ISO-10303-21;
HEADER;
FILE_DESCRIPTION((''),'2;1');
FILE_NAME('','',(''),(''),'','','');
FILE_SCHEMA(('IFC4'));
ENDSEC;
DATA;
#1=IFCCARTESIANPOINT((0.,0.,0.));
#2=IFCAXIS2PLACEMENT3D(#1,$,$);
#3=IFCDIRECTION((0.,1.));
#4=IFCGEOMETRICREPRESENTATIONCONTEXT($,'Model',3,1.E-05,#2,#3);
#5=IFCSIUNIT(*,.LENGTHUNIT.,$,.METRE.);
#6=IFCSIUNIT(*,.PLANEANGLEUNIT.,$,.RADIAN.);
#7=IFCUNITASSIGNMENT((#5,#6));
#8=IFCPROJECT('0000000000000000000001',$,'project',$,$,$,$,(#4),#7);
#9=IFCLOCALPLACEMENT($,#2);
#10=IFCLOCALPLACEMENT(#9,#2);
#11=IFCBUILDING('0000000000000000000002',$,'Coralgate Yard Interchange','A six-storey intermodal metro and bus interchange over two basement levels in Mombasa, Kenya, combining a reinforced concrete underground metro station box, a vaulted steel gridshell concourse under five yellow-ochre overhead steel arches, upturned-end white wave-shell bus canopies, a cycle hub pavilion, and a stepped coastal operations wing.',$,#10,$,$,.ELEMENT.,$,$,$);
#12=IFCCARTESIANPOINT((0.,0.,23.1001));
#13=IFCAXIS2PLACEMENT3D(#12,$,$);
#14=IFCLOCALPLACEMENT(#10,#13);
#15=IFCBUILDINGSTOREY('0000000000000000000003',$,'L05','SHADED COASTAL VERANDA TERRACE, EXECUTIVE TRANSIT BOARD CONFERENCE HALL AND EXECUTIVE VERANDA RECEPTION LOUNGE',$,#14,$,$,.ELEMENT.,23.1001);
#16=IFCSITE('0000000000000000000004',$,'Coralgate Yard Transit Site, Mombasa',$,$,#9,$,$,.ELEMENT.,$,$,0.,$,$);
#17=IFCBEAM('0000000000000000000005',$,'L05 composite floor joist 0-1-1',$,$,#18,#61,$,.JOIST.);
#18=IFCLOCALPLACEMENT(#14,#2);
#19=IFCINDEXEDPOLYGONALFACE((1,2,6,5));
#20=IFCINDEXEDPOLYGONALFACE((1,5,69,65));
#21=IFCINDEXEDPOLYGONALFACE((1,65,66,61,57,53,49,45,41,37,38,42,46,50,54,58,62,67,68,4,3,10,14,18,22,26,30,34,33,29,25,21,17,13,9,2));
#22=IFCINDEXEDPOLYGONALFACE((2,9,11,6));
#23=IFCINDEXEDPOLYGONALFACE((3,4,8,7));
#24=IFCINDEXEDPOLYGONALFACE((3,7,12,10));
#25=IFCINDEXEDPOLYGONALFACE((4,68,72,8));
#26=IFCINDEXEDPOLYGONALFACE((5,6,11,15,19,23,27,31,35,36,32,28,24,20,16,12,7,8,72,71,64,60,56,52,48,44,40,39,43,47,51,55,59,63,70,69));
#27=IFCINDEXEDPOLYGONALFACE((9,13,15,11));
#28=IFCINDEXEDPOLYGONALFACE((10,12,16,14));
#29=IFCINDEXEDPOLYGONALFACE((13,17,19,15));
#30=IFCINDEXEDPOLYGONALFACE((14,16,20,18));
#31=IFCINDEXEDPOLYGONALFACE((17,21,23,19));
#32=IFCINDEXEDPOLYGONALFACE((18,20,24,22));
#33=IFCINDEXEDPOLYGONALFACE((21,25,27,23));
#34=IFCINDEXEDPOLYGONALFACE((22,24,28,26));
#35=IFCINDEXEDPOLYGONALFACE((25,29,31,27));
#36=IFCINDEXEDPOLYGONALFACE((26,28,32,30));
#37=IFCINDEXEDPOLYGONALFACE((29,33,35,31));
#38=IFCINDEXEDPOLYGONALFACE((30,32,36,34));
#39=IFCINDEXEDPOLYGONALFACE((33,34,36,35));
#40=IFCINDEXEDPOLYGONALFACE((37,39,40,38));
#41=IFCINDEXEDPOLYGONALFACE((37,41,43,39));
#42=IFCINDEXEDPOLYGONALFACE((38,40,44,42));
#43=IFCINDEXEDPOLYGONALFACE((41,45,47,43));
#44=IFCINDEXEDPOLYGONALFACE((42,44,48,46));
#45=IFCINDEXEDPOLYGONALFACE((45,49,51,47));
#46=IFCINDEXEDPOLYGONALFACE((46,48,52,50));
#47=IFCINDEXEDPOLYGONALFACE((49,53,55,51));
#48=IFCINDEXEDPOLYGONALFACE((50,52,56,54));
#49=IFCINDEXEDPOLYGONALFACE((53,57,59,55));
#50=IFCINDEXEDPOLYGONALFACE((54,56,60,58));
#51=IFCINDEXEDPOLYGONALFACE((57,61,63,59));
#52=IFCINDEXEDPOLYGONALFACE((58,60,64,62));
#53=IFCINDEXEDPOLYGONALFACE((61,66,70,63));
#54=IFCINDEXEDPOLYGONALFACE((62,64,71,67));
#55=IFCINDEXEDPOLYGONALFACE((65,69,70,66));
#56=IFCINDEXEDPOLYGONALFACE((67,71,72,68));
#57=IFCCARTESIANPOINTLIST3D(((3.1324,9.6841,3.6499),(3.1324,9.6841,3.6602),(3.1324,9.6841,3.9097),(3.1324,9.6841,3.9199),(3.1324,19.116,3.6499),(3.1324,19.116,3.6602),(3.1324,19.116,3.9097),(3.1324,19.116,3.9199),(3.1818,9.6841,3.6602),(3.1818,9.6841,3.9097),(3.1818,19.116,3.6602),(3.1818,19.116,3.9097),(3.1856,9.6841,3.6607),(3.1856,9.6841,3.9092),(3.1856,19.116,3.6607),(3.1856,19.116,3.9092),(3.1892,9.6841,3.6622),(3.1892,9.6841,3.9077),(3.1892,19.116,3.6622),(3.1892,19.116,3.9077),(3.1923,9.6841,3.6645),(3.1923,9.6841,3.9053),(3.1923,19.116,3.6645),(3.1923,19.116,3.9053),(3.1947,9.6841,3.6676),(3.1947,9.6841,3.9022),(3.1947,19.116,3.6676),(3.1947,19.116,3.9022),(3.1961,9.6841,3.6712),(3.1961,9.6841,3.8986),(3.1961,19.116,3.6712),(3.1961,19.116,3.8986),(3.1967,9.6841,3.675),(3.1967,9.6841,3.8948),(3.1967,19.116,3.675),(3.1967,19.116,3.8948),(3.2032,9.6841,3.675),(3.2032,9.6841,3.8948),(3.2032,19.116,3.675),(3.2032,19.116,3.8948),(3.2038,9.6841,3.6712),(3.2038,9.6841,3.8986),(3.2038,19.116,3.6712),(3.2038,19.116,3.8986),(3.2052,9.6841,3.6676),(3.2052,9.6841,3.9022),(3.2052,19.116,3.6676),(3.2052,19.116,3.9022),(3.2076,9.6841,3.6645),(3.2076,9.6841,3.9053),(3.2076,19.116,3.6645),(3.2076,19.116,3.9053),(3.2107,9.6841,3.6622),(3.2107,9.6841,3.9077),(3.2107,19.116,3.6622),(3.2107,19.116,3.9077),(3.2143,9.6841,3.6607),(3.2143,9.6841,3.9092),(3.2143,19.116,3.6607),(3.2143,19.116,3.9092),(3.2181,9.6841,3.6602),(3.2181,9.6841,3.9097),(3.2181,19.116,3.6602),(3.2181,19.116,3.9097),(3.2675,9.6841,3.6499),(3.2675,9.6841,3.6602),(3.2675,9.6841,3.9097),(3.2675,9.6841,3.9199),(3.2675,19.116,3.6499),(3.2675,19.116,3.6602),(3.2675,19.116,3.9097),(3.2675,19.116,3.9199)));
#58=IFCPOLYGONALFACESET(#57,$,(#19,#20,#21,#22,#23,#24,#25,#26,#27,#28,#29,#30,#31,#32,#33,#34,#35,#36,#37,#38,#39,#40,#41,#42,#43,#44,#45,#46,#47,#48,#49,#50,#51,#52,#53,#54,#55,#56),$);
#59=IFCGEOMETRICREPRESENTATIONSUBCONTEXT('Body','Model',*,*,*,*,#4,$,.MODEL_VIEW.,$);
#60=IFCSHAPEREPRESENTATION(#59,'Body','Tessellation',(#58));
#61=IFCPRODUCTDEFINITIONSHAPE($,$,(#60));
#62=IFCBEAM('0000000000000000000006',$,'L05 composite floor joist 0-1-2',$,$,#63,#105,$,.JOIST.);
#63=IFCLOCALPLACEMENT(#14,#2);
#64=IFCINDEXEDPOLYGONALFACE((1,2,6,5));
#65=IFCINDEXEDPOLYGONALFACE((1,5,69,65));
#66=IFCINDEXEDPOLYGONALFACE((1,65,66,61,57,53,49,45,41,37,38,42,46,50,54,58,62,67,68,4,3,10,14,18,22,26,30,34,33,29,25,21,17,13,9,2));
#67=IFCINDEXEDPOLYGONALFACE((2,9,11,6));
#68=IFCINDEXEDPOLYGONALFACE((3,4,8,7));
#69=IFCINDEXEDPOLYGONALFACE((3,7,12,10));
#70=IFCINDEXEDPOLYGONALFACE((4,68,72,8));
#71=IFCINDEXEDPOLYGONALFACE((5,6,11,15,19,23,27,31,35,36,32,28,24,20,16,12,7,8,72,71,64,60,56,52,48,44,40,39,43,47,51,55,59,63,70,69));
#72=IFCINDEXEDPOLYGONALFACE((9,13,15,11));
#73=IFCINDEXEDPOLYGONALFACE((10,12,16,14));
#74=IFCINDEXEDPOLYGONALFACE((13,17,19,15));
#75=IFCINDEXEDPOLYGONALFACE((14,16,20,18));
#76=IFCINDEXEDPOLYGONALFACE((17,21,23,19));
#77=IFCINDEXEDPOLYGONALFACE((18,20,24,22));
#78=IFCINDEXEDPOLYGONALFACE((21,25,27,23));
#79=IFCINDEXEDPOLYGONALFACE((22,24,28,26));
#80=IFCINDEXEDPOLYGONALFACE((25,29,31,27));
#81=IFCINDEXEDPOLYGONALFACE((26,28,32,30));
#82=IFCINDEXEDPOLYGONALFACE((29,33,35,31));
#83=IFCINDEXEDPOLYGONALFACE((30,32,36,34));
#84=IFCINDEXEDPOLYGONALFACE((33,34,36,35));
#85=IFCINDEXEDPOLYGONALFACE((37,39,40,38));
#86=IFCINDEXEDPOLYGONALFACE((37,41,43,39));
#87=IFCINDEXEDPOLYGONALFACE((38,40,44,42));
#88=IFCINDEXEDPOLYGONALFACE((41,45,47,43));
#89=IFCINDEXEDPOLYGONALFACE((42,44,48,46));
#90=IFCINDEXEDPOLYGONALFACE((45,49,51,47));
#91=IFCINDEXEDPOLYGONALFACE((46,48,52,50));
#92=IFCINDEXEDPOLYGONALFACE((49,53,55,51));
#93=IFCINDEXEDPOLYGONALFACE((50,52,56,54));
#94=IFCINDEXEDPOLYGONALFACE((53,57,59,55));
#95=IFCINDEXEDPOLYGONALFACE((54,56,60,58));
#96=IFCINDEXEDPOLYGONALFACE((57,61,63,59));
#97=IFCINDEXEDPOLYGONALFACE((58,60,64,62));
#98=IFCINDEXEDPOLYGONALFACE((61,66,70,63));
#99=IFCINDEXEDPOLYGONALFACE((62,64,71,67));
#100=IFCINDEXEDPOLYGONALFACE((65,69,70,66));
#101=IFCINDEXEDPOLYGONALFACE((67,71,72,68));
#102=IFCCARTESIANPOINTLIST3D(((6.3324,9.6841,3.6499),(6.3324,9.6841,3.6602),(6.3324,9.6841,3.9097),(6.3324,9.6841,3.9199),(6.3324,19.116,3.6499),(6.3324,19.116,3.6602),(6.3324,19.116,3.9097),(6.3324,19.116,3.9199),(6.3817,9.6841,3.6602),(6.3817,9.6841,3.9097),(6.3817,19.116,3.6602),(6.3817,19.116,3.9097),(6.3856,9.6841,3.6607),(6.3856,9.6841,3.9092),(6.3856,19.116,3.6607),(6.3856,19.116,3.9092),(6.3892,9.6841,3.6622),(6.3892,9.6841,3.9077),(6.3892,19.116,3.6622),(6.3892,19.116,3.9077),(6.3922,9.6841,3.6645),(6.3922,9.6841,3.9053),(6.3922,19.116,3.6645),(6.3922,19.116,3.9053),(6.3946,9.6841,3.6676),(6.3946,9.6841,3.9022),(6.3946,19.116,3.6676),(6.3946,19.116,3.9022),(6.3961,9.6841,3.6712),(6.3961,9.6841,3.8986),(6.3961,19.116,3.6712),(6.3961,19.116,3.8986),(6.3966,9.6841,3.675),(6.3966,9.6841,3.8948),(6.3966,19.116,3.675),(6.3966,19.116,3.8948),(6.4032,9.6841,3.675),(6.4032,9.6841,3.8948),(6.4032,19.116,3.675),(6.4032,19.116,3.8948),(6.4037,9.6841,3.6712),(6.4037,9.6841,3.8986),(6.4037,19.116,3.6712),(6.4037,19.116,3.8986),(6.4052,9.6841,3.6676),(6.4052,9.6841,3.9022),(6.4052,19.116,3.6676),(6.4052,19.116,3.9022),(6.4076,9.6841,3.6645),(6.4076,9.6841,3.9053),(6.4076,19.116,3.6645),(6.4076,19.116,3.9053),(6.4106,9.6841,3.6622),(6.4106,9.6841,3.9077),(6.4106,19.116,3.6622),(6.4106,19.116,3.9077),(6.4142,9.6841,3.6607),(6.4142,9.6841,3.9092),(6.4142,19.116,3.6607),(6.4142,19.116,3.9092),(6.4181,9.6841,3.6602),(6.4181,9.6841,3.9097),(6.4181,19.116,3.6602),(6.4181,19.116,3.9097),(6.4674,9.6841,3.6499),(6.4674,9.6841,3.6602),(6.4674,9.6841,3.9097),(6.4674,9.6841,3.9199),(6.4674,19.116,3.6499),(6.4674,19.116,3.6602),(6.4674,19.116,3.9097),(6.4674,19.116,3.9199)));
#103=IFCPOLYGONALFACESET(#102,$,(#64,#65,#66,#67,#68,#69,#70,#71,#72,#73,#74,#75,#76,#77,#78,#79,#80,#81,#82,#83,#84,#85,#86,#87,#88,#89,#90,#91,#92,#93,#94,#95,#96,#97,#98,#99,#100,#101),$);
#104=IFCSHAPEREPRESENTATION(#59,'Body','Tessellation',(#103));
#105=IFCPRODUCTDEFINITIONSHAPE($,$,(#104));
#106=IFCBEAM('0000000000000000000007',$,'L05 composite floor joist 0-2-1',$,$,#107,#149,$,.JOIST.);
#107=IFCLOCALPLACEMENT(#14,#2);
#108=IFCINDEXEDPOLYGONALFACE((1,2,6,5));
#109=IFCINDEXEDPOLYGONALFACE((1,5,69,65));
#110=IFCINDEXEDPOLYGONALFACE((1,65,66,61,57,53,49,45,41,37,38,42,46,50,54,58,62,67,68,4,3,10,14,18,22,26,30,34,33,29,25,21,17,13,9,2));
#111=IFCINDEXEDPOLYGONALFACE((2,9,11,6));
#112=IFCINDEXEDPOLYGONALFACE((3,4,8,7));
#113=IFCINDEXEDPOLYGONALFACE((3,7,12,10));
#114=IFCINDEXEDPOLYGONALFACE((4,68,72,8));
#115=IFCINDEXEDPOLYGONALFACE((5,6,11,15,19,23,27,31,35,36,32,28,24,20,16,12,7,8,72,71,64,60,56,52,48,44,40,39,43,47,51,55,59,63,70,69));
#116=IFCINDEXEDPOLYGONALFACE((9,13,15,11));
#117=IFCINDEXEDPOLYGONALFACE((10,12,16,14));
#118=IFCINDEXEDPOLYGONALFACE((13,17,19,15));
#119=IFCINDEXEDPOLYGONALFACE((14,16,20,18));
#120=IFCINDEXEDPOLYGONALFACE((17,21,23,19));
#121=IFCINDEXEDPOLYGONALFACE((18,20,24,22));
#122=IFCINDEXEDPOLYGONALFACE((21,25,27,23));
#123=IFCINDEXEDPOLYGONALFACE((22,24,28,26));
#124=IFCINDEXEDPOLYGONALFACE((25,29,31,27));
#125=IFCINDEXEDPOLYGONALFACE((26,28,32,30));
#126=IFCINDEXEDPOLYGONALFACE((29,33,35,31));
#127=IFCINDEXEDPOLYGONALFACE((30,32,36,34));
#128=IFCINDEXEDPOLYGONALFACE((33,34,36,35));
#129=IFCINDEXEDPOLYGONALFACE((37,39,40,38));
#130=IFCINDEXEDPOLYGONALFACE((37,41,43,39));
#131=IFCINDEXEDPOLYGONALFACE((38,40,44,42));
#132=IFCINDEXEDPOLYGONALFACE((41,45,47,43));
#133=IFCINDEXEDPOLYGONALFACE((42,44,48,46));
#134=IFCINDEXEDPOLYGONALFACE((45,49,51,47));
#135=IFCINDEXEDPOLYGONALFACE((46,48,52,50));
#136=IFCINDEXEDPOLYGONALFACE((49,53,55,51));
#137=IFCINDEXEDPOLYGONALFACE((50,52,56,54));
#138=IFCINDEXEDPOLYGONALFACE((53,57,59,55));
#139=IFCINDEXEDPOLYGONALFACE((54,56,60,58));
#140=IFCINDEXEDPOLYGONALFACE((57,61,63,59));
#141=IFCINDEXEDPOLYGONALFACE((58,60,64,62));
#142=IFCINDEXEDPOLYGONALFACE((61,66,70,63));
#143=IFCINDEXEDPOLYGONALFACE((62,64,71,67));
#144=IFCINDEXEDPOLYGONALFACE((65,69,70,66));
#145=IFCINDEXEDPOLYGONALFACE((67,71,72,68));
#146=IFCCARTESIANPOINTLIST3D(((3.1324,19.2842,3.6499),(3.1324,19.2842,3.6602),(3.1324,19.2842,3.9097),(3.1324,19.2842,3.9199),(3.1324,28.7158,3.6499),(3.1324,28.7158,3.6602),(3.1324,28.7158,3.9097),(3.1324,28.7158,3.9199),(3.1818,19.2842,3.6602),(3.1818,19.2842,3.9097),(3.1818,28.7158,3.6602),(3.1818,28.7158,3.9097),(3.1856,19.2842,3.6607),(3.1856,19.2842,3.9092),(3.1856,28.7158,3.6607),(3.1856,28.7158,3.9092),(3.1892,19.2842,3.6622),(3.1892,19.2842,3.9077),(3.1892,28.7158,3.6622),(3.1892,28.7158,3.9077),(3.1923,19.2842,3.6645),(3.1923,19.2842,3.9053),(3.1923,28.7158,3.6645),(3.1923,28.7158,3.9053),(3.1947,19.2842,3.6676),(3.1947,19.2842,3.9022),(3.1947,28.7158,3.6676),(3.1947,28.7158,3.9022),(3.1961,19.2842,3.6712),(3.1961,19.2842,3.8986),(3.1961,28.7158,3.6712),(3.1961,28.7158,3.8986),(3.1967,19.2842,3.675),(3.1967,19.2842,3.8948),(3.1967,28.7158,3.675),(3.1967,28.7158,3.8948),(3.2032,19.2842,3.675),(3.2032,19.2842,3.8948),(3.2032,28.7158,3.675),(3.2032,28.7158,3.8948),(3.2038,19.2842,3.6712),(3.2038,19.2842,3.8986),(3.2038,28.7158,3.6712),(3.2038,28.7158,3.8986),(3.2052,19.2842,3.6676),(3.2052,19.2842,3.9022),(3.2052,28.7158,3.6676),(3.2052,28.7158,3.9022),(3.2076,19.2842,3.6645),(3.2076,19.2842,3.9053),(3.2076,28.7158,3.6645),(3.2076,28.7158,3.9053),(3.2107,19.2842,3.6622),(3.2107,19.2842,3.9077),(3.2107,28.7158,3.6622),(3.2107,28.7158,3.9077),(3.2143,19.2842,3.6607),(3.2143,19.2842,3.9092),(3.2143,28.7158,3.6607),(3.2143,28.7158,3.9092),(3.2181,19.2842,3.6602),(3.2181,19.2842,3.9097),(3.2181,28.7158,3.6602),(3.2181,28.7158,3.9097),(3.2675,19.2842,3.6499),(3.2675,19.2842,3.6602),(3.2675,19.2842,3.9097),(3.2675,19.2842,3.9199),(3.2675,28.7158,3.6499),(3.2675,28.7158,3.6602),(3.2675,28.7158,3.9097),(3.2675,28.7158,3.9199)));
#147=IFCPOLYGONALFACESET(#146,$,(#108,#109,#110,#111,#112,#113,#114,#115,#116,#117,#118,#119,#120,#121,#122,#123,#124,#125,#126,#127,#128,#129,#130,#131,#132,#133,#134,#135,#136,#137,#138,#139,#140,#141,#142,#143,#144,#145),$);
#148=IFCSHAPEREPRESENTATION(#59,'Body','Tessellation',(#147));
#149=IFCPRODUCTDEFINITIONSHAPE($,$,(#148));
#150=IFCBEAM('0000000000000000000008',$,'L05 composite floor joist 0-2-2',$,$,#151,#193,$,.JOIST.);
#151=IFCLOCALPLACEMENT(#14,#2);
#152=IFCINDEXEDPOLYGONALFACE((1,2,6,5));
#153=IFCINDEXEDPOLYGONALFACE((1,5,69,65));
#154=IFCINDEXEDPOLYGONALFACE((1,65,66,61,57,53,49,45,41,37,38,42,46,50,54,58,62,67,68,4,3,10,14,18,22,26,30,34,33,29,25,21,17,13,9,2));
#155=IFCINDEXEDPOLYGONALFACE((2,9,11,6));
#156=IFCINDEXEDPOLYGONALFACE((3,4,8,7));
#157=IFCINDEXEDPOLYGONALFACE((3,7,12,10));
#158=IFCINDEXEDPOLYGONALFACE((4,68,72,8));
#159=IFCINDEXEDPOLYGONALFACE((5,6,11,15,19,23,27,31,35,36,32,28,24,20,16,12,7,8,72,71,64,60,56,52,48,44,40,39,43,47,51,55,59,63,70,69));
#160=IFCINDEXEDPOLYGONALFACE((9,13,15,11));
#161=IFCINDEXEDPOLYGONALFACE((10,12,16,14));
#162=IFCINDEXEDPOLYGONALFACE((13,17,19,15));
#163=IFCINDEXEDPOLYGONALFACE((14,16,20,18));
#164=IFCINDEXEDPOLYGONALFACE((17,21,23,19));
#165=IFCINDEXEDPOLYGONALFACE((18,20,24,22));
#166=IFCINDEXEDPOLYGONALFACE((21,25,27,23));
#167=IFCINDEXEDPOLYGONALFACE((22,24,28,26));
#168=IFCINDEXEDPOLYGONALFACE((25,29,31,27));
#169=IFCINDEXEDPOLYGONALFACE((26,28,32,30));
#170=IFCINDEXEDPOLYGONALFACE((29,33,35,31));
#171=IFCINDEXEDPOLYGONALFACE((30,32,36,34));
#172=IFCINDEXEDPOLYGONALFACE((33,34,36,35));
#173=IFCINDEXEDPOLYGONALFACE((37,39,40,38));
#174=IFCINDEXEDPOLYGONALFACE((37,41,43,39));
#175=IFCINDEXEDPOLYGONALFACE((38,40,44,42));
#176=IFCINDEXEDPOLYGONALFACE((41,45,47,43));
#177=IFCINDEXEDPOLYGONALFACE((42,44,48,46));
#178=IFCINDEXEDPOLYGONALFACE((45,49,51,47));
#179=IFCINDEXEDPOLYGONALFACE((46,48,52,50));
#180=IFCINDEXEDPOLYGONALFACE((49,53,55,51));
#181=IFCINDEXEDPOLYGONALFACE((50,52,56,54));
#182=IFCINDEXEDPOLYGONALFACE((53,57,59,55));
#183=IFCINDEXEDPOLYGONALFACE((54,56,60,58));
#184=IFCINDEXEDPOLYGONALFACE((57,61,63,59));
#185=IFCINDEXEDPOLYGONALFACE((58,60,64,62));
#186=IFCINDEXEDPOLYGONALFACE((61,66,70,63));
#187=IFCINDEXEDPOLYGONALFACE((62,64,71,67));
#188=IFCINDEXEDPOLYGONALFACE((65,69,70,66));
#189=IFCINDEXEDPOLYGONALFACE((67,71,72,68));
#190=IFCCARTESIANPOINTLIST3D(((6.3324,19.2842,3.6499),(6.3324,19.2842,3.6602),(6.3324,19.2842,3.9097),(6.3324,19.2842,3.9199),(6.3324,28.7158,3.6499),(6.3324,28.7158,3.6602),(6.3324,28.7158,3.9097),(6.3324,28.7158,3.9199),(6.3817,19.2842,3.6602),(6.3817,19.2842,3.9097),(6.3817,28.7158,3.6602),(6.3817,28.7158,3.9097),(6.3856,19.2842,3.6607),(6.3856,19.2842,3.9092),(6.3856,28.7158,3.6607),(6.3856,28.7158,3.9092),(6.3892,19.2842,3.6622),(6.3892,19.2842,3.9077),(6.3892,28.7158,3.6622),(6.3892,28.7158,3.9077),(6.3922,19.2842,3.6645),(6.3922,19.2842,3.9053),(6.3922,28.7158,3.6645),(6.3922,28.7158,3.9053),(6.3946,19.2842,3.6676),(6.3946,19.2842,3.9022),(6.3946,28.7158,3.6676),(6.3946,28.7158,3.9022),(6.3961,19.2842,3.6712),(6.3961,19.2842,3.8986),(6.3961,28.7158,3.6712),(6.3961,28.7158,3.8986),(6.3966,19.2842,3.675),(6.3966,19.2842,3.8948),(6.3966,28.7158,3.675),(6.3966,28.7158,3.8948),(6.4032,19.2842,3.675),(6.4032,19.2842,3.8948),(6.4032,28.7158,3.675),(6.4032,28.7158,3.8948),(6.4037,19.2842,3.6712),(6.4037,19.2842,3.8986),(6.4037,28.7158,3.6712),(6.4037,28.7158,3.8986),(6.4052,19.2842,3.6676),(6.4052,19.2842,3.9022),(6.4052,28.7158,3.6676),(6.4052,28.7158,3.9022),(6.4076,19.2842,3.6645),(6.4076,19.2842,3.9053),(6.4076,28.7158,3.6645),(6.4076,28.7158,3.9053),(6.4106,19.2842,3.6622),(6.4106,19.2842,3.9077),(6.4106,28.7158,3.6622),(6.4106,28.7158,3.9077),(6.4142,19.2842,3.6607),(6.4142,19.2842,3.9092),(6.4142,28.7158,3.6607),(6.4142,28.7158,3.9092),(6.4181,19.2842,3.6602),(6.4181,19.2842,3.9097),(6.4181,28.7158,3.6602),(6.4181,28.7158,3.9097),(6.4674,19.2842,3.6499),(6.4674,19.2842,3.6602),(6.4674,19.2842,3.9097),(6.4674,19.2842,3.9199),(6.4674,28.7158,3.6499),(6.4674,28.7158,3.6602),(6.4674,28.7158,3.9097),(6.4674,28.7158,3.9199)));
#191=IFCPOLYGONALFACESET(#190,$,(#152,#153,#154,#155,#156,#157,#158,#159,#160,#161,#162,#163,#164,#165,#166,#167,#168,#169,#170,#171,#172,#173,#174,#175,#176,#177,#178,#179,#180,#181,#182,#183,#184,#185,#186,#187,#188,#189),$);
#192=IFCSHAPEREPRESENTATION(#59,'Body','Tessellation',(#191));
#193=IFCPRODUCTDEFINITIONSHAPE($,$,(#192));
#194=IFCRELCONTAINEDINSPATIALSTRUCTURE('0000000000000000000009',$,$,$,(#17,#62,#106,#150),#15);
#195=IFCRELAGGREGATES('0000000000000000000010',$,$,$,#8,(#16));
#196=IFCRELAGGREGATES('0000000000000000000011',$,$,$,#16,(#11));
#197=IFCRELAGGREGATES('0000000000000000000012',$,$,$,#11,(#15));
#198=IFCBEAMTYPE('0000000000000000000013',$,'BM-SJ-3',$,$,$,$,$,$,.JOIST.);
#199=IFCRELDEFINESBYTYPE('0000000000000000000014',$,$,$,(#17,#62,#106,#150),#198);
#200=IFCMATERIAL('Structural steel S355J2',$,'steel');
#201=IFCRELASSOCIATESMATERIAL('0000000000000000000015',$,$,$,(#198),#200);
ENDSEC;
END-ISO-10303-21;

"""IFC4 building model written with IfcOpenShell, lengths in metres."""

from ifc_helpers import new_model, si_unit, direction, frame, origin, origin_2d, place, context, subcontext, project, spatial, i_section, extrude, material, material_profile, profile_set, type_object, element, save


model = new_model("IFC4")

# Units and contexts
model_context = context("Model", 3, precision=1e-05, world=origin(), true_north=direction((0.0, 1.0)))
body_context = subcontext(model_context, "Body", "Model", "MODEL_VIEW")
ifc_project = project(units=[si_unit("LENGTHUNIT", "METRE"), si_unit("PLANEANGLEUNIT", "RADIAN")], contexts=[model_context])

# Site, building, storey
site_placement = place(None, origin())
site = spatial("IfcSite", under=ifc_project, at=site_placement, Name="Coralgate Yard Transit Site, Mombasa", CompositionType="ELEMENT", RefElevation=0.0)
building_placement = place(site_placement, origin())
building = spatial("IfcBuilding", under=site, at=building_placement, Name="Coralgate Yard Interchange", Description="A six-storey intermodal metro and bus interchange over two basement levels in Mombasa, Kenya, combining a reinforced concrete underground metro station box, a vaulted steel gridshell concourse under five yellow-ochre overhead steel arches, upturned-end white wave-shell bus canopies, a cycle hub pavilion, and a stepped coastal operations wing.", CompositionType="ELEMENT")
storey_placement = place(building_placement, frame((0.0, 0.0, 23.1001)))
storey = spatial("IfcBuildingStorey", under=building, at=storey_placement, Name="L05", Description="SHADED COASTAL VERANDA TERRACE, EXECUTIVE TRANSIT BOARD CONFERENCE HALL AND EXECUTIVE VERANDA RECEPTION LOUNGE", CompositionType="ELEMENT", Elevation=23.1001)

# Shared definitions
ifc_material_1 = material(Name="Structural steel S355J2", Category="steel")

# Beams
ifc_material_profile_1 = material_profile(ifc_material_1, i_section(OverallWidth=0.135, OverallDepth=0.27, WebThickness=0.0066, FlangeThickness=0.0103, FilletRadius=0.0149, at=origin_2d()), Name="IPE 270")
ifc_profile_set_1 = profile_set([ifc_material_profile_1], Name="Structural steel S355J2")
beam_type_1 = type_object("IfcBeamType", Name="BM-SJ-3", PredefinedType="JOIST", material=ifc_profile_set_1)
for number, where, z_axis, x_axis, name in (
    (1, (3.2, 9.6841, 3.7849), (0.0, 1.0, 0.0), (-1.0, 0.0, 0.0), "L05 composite floor joist 0-1-1"),
    (2, (6.3999, 9.6841, 3.7849), (0.0, 1.0, 0.0), (-1.0, 0.0, 0.0), "L05 composite floor joist 0-1-2"),
):
    element("IfcBeam", number, at=place(storey_placement, frame(where, z_axis=z_axis, x_axis=x_axis)), inside=storey, type_object=beam_type_1, Name=name, PredefinedType="JOIST", context=body_context, shape_type="SweptSolid", body=[
        extrude(i_section(OverallWidth=0.135, OverallDepth=0.27, WebThickness=0.0066, FlangeThickness=0.0103, FilletRadius=0.0149, at=origin_2d()), origin(), (0.0, 0.0, 1.0), 9.4319),
    ])
for number, where, z_axis, x_axis, name in (
    (3, (3.2, 19.2842, 3.7849), (0.0, 1.0, 0.0), (-1.0, 0.0, 0.0), "L05 composite floor joist 0-2-1"),
    (4, (6.3999, 19.2842, 3.7849), (0.0, 1.0, 0.0), (-1.0, 0.0, 0.0), "L05 composite floor joist 0-2-2"),
):
    element("IfcBeam", number, at=place(storey_placement, frame(where, z_axis=z_axis, x_axis=x_axis)), inside=storey, type_object=beam_type_1, Name=name, PredefinedType="JOIST", context=body_context, shape_type="SweptSolid", body=[
        extrude(i_section(OverallWidth=0.135, OverallDepth=0.27, WebThickness=0.0066, FlangeThickness=0.0103, FilletRadius=0.0149, at=origin_2d()), origin(), (0.0, 0.0, 1.0), 9.4316),
    ])

save(model, "model.ifc")
